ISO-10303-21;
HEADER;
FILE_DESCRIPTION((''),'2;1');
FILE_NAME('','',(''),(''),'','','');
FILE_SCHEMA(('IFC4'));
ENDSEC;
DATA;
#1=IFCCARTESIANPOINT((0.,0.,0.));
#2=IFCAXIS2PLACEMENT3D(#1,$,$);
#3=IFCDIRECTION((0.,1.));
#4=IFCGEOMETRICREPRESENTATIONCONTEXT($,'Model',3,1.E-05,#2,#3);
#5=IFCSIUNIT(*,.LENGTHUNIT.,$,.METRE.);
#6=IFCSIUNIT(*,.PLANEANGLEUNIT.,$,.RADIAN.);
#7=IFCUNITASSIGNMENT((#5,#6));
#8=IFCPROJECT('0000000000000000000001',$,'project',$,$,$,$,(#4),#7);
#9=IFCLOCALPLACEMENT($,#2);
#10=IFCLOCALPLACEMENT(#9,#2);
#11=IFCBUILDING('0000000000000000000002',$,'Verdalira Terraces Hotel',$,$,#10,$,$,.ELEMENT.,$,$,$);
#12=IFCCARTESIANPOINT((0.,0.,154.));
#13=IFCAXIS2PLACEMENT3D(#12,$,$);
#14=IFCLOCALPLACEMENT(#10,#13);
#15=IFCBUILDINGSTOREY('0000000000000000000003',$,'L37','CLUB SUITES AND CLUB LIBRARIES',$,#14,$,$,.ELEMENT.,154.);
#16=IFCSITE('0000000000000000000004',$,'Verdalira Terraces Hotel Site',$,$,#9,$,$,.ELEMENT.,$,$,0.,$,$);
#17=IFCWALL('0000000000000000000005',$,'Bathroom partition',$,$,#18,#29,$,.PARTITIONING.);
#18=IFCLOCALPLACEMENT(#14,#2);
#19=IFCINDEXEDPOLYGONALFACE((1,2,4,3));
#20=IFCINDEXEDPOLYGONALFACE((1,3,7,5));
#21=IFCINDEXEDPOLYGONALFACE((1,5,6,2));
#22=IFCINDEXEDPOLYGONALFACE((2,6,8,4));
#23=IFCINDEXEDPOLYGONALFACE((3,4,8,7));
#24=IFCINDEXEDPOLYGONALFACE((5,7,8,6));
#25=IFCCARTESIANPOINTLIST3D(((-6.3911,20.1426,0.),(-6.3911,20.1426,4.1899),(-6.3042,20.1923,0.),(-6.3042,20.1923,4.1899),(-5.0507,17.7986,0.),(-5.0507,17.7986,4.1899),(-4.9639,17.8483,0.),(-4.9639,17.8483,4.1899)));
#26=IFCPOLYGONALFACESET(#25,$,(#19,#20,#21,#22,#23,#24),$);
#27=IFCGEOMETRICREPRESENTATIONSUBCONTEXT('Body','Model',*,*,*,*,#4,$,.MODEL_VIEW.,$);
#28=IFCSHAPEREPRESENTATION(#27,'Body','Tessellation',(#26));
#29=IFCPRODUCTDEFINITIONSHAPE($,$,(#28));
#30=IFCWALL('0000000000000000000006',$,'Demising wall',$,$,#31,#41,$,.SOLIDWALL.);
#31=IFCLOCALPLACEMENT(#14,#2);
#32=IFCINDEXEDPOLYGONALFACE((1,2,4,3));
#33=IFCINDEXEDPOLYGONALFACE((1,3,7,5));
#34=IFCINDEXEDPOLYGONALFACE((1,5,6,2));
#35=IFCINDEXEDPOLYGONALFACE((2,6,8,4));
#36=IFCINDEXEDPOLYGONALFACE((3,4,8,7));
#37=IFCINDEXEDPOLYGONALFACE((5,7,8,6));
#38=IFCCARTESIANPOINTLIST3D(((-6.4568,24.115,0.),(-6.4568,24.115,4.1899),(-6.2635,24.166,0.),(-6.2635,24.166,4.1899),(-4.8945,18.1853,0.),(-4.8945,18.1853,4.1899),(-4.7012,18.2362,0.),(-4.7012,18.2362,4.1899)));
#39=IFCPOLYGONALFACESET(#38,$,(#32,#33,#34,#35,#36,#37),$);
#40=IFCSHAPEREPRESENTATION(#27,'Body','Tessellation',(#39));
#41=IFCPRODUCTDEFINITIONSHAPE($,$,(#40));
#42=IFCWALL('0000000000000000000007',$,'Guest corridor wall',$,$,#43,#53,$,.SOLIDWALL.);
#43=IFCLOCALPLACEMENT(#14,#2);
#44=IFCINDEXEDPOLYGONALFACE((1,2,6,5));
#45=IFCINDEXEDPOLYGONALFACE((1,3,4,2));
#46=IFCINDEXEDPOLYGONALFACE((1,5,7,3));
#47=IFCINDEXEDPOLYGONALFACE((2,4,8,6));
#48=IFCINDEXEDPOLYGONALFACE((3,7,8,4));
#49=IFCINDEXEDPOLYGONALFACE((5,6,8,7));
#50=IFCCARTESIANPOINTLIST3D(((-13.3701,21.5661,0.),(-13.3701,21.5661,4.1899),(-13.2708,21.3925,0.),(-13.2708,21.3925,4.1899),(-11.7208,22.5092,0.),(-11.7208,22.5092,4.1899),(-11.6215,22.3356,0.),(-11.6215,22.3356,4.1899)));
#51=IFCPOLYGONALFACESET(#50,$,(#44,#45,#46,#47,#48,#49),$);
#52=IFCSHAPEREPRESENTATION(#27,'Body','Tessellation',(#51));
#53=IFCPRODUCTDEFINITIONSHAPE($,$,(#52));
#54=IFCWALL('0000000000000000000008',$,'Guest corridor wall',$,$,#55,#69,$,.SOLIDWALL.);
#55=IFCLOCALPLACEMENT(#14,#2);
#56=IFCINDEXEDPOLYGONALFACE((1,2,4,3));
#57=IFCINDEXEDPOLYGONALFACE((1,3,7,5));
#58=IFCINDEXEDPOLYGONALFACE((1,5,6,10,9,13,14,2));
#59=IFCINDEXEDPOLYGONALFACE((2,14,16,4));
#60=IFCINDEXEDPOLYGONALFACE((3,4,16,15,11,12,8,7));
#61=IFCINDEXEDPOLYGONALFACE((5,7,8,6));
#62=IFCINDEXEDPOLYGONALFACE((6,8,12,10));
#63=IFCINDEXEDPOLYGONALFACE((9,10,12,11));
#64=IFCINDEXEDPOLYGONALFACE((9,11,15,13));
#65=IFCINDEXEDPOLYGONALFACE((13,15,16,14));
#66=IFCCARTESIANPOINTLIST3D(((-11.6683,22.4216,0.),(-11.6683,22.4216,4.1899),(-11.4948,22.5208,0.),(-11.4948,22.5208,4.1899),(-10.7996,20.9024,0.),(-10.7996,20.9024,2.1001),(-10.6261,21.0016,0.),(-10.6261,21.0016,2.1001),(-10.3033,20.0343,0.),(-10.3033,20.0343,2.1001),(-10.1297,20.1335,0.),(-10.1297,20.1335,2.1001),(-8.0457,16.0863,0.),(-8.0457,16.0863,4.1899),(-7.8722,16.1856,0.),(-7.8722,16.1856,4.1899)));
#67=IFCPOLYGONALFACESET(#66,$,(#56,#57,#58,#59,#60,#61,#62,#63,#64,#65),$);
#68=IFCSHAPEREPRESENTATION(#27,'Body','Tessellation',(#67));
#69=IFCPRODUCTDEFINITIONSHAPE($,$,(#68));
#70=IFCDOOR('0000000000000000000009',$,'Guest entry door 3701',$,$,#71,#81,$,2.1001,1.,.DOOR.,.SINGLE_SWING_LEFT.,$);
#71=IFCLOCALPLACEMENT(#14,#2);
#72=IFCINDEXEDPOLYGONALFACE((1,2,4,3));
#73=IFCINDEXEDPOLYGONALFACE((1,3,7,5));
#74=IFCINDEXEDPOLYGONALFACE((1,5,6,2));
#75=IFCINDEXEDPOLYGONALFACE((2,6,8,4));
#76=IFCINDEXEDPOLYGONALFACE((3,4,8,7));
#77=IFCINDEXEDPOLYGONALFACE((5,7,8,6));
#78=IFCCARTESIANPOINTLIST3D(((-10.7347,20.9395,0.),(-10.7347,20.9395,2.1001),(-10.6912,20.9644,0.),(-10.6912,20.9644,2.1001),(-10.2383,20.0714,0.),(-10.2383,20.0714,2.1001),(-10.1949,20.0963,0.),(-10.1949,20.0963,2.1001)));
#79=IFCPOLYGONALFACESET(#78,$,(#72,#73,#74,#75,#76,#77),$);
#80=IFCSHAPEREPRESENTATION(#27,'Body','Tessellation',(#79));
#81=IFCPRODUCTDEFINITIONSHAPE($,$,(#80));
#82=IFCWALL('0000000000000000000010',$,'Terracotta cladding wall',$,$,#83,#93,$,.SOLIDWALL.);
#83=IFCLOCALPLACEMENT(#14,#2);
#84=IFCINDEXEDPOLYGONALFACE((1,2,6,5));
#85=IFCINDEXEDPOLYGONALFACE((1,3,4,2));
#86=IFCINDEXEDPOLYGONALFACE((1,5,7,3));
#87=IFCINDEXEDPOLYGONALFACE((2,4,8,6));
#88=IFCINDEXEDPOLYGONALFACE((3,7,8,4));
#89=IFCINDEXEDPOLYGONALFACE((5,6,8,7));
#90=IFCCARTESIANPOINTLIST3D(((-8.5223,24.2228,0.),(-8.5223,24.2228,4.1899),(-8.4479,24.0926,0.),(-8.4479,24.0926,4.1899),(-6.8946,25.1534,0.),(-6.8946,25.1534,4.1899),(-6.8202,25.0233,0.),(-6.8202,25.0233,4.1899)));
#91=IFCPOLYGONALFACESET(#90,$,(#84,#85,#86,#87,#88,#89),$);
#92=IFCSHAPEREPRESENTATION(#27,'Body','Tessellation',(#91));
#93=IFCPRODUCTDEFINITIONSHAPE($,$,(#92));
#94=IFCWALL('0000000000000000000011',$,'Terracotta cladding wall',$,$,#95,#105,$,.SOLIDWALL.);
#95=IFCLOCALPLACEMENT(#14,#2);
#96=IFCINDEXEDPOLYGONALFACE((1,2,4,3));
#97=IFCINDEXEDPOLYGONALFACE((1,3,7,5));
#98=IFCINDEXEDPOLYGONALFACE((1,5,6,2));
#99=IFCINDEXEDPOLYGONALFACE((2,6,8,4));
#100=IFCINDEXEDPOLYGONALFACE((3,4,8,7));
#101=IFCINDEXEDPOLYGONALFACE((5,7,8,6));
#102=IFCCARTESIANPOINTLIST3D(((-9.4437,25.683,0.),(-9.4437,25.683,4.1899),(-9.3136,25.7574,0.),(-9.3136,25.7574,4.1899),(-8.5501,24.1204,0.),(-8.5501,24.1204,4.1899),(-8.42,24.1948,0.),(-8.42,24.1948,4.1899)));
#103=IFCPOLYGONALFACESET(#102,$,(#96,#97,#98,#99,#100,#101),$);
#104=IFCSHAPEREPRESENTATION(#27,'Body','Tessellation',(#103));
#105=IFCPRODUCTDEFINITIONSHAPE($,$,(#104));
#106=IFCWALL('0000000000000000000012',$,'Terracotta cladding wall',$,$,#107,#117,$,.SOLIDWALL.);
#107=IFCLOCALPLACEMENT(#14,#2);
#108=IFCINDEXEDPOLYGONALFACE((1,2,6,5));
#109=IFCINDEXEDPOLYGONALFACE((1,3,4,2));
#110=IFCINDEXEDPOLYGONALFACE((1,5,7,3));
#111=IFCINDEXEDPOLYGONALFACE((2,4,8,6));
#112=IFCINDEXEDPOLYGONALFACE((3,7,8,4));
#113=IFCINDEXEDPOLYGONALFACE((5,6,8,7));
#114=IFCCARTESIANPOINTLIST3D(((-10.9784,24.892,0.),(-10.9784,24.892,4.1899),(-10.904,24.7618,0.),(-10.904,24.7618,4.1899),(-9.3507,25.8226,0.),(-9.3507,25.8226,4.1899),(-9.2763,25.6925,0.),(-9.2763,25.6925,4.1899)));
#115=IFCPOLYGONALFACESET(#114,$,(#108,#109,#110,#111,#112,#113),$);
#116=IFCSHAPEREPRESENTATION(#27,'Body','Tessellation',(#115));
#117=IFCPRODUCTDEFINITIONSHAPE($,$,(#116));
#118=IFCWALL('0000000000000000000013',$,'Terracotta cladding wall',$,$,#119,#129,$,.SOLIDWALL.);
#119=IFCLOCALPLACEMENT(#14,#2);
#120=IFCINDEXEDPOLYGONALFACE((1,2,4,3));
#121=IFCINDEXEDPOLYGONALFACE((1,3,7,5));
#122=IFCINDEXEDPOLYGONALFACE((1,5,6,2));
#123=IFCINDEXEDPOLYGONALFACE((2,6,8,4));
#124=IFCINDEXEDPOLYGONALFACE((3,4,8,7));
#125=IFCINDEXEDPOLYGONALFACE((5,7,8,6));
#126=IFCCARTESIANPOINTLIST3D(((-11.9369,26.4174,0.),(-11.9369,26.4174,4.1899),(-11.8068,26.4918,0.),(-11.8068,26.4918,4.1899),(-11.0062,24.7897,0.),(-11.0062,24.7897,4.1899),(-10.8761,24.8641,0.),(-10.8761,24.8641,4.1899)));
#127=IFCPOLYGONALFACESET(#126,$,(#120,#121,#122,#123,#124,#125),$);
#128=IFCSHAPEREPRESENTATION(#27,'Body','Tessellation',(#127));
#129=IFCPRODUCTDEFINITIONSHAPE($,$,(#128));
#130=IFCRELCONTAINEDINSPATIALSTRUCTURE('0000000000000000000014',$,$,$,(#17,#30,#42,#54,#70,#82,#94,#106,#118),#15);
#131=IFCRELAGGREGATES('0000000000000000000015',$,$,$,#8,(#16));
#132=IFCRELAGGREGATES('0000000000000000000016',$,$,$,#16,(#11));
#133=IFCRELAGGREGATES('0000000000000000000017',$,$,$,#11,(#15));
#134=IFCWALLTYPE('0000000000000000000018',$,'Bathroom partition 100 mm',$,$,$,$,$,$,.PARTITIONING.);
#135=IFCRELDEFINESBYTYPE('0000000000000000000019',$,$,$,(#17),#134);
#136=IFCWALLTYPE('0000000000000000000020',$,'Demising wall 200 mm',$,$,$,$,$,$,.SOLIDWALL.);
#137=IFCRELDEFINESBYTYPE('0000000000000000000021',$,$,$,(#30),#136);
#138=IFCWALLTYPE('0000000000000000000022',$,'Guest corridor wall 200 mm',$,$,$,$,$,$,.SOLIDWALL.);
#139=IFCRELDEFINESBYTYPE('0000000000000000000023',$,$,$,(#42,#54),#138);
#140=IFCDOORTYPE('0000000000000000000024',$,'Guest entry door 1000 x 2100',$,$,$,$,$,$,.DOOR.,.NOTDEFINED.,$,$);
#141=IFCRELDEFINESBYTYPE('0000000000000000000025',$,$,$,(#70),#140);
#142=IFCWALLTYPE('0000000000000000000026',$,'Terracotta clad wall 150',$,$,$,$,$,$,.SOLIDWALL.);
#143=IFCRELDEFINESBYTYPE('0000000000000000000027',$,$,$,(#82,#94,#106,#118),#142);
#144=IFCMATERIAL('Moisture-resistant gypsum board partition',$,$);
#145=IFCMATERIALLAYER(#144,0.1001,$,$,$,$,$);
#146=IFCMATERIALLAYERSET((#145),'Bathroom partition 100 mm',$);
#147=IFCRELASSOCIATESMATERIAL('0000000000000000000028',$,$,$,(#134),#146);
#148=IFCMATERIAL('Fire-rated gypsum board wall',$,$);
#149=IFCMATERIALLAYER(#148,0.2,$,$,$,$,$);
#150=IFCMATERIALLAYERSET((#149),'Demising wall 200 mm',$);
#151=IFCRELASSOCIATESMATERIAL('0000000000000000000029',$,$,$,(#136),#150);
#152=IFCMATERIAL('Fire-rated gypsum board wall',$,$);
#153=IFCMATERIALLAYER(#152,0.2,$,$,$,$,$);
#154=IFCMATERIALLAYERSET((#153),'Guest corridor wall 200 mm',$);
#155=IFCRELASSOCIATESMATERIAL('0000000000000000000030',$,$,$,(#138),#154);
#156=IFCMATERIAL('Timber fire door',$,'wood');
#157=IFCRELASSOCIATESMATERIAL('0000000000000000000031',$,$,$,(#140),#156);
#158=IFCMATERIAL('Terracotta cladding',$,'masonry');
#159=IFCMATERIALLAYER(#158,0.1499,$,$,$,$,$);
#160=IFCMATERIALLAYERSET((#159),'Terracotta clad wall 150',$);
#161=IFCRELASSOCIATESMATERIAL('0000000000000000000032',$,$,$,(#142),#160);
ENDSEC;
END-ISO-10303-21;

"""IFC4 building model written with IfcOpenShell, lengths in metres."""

from ifc_helpers import new_model, si_unit, direction, frame, frame_2d, origin, place, context, subcontext, project, spatial, rectangle, extrude, material, layer, layer_set, type_object, element, fill, save


model = new_model("IFC4")

# Units and contexts
model_context = context("Model", 3, precision=1e-05, world=origin(), true_north=direction((0.0, 1.0)))
body_context = subcontext(model_context, "Body", "Model", "MODEL_VIEW")
ifc_project = project(units=[si_unit("LENGTHUNIT", "METRE"), si_unit("PLANEANGLEUNIT", "RADIAN")], contexts=[model_context])

# Site, building, storey
site_placement = place(None, origin())
site = spatial("IfcSite", under=ifc_project, at=site_placement, Name="Verdalira Terraces Hotel Site", CompositionType="ELEMENT", RefElevation=0.0)
building_placement = place(site_placement, origin())
building = spatial("IfcBuilding", under=site, at=building_placement, Name="Verdalira Terraces Hotel", CompositionType="ELEMENT")
storey_placement = place(building_placement, frame((0.0, 0.0, 154.0)))
storey = spatial("IfcBuildingStorey", under=building, at=storey_placement, Name="L37", Description="CLUB SUITES AND CLUB LIBRARIES", CompositionType="ELEMENT", Elevation=154.0)

# Shared definitions
ifc_material_1 = material(Name="Moisture-resistant gypsum board partition")
ifc_layer_1 = layer(ifc_material_1, 0.1001)
ifc_layer_set_1 = layer_set([ifc_layer_1], Name="Bathroom partition 100 mm")
wall_type_1 = type_object("IfcWallType", Name="Bathroom partition 100 mm", PredefinedType="PARTITIONING", material=ifc_layer_set_1)

# Walls
wall_1_placement = place(storey_placement, frame((-6.3477, 20.1675, 0.0), z_axis=(0.0, 0.0, 1.0), x_axis=(0.496392, -0.868098, 0.0)))
element("IfcWall", 1, at=wall_1_placement, inside=storey, type_object=wall_type_1, Name="Bathroom partition", PredefinedType="PARTITIONING", context=body_context, shape_type="SweptSolid", body=[
    extrude(rectangle(XDim=2.7002, YDim=0.1001, at=frame_2d((1.3501, 0.0))), origin(), (0.0, 0.0, 1.0), 4.1899),
])
ifc_material_2 = material(Name="Fire-rated gypsum board wall")
ifc_layer_2 = layer(ifc_material_2, 0.2)
ifc_layer_set_2 = layer_set([ifc_layer_2], Name="Demising wall 200 mm")
wall_type_2 = type_object("IfcWallType", Name="Demising wall 200 mm", PredefinedType="SOLIDWALL", material=ifc_layer_set_2)
wall_2_placement = place(storey_placement, frame((-6.3601, 24.1404, 0.0), z_axis=(0.0, 0.0, 1.0), x_axis=(0.25477, -0.967002, 0.0)))
element("IfcWall", 2, at=wall_2_placement, inside=storey, type_object=wall_type_2, Name="Demising wall", PredefinedType="SOLIDWALL", context=body_context, shape_type="SweptSolid", body=[
    extrude(rectangle(XDim=6.1321, YDim=0.2, at=frame_2d((3.0659, 0.0))), origin(), (0.0, 0.0, 1.0), 4.1899),
])
ifc_material_3 = material(Name="Fire-rated gypsum board wall")
ifc_layer_3 = layer(ifc_material_3, 0.2)
ifc_layer_set_3 = layer_set([ifc_layer_3], Name="Guest corridor wall 200 mm")
wall_type_3 = type_object("IfcWallType", Name="Guest corridor wall 200 mm", PredefinedType="SOLIDWALL", material=ifc_layer_set_3)
wall_3_placement = place(storey_placement, frame((-11.6711, 22.4224, 0.0), z_axis=(0.0, 0.0, 1.0), x_axis=(-0.868109, -0.496374, 0.0)))
element("IfcWall", 3, at=wall_3_placement, inside=storey, type_object=wall_type_3, Name="Guest corridor wall", PredefinedType="SOLIDWALL", context=body_context, shape_type="SweptSolid", body=[
    extrude(rectangle(XDim=1.8999, YDim=0.2, at=frame_2d((0.95, 0.0))), origin(), (0.0, 0.0, 1.0), 4.1899),
])

# Wall, opening, door
wall_4_placement = place(storey_placement, frame((-11.5815, 22.4712, 0.0), z_axis=(0.0, 0.0, 1.0), x_axis=(0.496391, -0.868099, 0.0)))
wall_4 = element("IfcWall", 4, at=wall_4_placement, inside=storey, type_object=wall_type_3, Name="Guest corridor wall", PredefinedType="SOLIDWALL", context=body_context, shape_type="SweptSolid", body=[
    extrude(rectangle(XDim=7.2979, YDim=0.2, at=frame_2d((3.6489, 0.0))), origin(), (0.0, 0.0, 1.0), 4.1899),
])
opening_1_placement = place(wall_4_placement, frame((1.75, 0.0, 0.0)))
opening_1 = element("IfcOpeningElement", 5, at=opening_1_placement, cuts=wall_4, PredefinedType="OPENING", context=body_context, shape_type="SweptSolid", body=[
    extrude(rectangle(XDim=1.0, YDim=2.1001, at=frame_2d((0.5, 1.05))), frame((0.0, 0.1099, 0.0), z_axis=(0.0, -1.0, 0.0), x_axis=(1.0, 0.0, 0.0)), (0.0, 0.0, 1.0), 0.22),
])
ifc_material_4 = material(Name="Timber fire door", Category="wood")
door_type_1 = type_object("IfcDoorType", Name="Guest entry door 1000 x 2100", OperationType="NOTDEFINED", PredefinedType="DOOR", material=ifc_material_4)
door_1_placement = place(opening_1_placement, origin())
door_1 = element("IfcDoor", 6, at=door_1_placement, inside=storey, type_object=door_type_1, Name="Guest entry door 3701", OperationType="SINGLE_SWING_LEFT", OverallHeight=2.1001, OverallWidth=1.0, PredefinedType="DOOR", context=body_context, shape_type="SweptSolid", body=[
    extrude(rectangle(XDim=1.0, YDim=2.1001, at=frame_2d((0.5, 1.05))), frame((0.0, 0.0249, 0.0), z_axis=(0.0, -1.0, 0.0), x_axis=(1.0, 0.0, 0.0)), (0.0, 0.0, 1.0), 0.05),
])
fill(opening_1, door_1)

# Walls
ifc_material_5 = material(Name="Terracotta cladding", Category="masonry")
ifc_layer_4 = layer(ifc_material_5, 0.1499)
ifc_layer_set_4 = layer_set([ifc_layer_4], Name="Terracotta clad wall 150")
wall_type_4 = type_object("IfcWallType", Name="Terracotta clad wall 150", PredefinedType="SOLIDWALL", material=ifc_layer_set_4)
wall_5_placement = place(storey_placement, frame((-6.8574, 25.0884, 0.0), z_axis=(0.0, 0.0, 1.0), x_axis=(-0.868115, -0.496363, 0.0)))
element("IfcWall", 7, at=wall_5_placement, inside=storey, type_object=wall_type_4, Name="Terracotta cladding wall", PredefinedType="SOLIDWALL", context=body_context, shape_type="SweptSolid", body=[
    extrude(rectangle(XDim=1.875, YDim=0.1499, at=frame_2d((0.9375, 0.0))), origin(), (0.0, 0.0, 1.0), 4.1899),
])
wall_6_placement = place(storey_placement, frame((-8.4851, 24.1577, 0.0), z_axis=(0.0, 0.0, 1.0), x_axis=(-0.496431, 0.868076, 0.0)))
element("IfcWall", 8, at=wall_6_placement, inside=storey, type_object=wall_type_4, Name="Terracotta cladding wall", PredefinedType="SOLIDWALL", context=body_context, shape_type="SweptSolid", body=[
    extrude(rectangle(XDim=1.8, YDim=0.1499, at=frame_2d((0.8999, 0.0))), origin(), (0.0, 0.0, 1.0), 4.1899),
])
for number, where, z_axis, x_axis, name in (
    (9, (-9.3135, 25.7576, 0.0), (0.0, 0.0, 1.0), (-0.868115, -0.496363, 0.0), "Terracotta cladding wall"),
    (10, (-10.9412, 24.8269, 0.0), (0.0, 0.0, 1.0), (-0.496363, 0.868115, 0.0), "Terracotta cladding wall"),
):
    element("IfcWall", number, at=place(storey_placement, frame(where, z_axis=z_axis, x_axis=x_axis)), inside=storey, type_object=wall_type_4, Name=name, PredefinedType="SOLIDWALL", context=body_context, shape_type="SweptSolid", body=[
        extrude(rectangle(XDim=1.875, YDim=0.1499, at=frame_2d((0.9375, 0.0))), origin(), (0.0, 0.0, 1.0), 4.1899),
    ])

save(model, "model.ifc")
